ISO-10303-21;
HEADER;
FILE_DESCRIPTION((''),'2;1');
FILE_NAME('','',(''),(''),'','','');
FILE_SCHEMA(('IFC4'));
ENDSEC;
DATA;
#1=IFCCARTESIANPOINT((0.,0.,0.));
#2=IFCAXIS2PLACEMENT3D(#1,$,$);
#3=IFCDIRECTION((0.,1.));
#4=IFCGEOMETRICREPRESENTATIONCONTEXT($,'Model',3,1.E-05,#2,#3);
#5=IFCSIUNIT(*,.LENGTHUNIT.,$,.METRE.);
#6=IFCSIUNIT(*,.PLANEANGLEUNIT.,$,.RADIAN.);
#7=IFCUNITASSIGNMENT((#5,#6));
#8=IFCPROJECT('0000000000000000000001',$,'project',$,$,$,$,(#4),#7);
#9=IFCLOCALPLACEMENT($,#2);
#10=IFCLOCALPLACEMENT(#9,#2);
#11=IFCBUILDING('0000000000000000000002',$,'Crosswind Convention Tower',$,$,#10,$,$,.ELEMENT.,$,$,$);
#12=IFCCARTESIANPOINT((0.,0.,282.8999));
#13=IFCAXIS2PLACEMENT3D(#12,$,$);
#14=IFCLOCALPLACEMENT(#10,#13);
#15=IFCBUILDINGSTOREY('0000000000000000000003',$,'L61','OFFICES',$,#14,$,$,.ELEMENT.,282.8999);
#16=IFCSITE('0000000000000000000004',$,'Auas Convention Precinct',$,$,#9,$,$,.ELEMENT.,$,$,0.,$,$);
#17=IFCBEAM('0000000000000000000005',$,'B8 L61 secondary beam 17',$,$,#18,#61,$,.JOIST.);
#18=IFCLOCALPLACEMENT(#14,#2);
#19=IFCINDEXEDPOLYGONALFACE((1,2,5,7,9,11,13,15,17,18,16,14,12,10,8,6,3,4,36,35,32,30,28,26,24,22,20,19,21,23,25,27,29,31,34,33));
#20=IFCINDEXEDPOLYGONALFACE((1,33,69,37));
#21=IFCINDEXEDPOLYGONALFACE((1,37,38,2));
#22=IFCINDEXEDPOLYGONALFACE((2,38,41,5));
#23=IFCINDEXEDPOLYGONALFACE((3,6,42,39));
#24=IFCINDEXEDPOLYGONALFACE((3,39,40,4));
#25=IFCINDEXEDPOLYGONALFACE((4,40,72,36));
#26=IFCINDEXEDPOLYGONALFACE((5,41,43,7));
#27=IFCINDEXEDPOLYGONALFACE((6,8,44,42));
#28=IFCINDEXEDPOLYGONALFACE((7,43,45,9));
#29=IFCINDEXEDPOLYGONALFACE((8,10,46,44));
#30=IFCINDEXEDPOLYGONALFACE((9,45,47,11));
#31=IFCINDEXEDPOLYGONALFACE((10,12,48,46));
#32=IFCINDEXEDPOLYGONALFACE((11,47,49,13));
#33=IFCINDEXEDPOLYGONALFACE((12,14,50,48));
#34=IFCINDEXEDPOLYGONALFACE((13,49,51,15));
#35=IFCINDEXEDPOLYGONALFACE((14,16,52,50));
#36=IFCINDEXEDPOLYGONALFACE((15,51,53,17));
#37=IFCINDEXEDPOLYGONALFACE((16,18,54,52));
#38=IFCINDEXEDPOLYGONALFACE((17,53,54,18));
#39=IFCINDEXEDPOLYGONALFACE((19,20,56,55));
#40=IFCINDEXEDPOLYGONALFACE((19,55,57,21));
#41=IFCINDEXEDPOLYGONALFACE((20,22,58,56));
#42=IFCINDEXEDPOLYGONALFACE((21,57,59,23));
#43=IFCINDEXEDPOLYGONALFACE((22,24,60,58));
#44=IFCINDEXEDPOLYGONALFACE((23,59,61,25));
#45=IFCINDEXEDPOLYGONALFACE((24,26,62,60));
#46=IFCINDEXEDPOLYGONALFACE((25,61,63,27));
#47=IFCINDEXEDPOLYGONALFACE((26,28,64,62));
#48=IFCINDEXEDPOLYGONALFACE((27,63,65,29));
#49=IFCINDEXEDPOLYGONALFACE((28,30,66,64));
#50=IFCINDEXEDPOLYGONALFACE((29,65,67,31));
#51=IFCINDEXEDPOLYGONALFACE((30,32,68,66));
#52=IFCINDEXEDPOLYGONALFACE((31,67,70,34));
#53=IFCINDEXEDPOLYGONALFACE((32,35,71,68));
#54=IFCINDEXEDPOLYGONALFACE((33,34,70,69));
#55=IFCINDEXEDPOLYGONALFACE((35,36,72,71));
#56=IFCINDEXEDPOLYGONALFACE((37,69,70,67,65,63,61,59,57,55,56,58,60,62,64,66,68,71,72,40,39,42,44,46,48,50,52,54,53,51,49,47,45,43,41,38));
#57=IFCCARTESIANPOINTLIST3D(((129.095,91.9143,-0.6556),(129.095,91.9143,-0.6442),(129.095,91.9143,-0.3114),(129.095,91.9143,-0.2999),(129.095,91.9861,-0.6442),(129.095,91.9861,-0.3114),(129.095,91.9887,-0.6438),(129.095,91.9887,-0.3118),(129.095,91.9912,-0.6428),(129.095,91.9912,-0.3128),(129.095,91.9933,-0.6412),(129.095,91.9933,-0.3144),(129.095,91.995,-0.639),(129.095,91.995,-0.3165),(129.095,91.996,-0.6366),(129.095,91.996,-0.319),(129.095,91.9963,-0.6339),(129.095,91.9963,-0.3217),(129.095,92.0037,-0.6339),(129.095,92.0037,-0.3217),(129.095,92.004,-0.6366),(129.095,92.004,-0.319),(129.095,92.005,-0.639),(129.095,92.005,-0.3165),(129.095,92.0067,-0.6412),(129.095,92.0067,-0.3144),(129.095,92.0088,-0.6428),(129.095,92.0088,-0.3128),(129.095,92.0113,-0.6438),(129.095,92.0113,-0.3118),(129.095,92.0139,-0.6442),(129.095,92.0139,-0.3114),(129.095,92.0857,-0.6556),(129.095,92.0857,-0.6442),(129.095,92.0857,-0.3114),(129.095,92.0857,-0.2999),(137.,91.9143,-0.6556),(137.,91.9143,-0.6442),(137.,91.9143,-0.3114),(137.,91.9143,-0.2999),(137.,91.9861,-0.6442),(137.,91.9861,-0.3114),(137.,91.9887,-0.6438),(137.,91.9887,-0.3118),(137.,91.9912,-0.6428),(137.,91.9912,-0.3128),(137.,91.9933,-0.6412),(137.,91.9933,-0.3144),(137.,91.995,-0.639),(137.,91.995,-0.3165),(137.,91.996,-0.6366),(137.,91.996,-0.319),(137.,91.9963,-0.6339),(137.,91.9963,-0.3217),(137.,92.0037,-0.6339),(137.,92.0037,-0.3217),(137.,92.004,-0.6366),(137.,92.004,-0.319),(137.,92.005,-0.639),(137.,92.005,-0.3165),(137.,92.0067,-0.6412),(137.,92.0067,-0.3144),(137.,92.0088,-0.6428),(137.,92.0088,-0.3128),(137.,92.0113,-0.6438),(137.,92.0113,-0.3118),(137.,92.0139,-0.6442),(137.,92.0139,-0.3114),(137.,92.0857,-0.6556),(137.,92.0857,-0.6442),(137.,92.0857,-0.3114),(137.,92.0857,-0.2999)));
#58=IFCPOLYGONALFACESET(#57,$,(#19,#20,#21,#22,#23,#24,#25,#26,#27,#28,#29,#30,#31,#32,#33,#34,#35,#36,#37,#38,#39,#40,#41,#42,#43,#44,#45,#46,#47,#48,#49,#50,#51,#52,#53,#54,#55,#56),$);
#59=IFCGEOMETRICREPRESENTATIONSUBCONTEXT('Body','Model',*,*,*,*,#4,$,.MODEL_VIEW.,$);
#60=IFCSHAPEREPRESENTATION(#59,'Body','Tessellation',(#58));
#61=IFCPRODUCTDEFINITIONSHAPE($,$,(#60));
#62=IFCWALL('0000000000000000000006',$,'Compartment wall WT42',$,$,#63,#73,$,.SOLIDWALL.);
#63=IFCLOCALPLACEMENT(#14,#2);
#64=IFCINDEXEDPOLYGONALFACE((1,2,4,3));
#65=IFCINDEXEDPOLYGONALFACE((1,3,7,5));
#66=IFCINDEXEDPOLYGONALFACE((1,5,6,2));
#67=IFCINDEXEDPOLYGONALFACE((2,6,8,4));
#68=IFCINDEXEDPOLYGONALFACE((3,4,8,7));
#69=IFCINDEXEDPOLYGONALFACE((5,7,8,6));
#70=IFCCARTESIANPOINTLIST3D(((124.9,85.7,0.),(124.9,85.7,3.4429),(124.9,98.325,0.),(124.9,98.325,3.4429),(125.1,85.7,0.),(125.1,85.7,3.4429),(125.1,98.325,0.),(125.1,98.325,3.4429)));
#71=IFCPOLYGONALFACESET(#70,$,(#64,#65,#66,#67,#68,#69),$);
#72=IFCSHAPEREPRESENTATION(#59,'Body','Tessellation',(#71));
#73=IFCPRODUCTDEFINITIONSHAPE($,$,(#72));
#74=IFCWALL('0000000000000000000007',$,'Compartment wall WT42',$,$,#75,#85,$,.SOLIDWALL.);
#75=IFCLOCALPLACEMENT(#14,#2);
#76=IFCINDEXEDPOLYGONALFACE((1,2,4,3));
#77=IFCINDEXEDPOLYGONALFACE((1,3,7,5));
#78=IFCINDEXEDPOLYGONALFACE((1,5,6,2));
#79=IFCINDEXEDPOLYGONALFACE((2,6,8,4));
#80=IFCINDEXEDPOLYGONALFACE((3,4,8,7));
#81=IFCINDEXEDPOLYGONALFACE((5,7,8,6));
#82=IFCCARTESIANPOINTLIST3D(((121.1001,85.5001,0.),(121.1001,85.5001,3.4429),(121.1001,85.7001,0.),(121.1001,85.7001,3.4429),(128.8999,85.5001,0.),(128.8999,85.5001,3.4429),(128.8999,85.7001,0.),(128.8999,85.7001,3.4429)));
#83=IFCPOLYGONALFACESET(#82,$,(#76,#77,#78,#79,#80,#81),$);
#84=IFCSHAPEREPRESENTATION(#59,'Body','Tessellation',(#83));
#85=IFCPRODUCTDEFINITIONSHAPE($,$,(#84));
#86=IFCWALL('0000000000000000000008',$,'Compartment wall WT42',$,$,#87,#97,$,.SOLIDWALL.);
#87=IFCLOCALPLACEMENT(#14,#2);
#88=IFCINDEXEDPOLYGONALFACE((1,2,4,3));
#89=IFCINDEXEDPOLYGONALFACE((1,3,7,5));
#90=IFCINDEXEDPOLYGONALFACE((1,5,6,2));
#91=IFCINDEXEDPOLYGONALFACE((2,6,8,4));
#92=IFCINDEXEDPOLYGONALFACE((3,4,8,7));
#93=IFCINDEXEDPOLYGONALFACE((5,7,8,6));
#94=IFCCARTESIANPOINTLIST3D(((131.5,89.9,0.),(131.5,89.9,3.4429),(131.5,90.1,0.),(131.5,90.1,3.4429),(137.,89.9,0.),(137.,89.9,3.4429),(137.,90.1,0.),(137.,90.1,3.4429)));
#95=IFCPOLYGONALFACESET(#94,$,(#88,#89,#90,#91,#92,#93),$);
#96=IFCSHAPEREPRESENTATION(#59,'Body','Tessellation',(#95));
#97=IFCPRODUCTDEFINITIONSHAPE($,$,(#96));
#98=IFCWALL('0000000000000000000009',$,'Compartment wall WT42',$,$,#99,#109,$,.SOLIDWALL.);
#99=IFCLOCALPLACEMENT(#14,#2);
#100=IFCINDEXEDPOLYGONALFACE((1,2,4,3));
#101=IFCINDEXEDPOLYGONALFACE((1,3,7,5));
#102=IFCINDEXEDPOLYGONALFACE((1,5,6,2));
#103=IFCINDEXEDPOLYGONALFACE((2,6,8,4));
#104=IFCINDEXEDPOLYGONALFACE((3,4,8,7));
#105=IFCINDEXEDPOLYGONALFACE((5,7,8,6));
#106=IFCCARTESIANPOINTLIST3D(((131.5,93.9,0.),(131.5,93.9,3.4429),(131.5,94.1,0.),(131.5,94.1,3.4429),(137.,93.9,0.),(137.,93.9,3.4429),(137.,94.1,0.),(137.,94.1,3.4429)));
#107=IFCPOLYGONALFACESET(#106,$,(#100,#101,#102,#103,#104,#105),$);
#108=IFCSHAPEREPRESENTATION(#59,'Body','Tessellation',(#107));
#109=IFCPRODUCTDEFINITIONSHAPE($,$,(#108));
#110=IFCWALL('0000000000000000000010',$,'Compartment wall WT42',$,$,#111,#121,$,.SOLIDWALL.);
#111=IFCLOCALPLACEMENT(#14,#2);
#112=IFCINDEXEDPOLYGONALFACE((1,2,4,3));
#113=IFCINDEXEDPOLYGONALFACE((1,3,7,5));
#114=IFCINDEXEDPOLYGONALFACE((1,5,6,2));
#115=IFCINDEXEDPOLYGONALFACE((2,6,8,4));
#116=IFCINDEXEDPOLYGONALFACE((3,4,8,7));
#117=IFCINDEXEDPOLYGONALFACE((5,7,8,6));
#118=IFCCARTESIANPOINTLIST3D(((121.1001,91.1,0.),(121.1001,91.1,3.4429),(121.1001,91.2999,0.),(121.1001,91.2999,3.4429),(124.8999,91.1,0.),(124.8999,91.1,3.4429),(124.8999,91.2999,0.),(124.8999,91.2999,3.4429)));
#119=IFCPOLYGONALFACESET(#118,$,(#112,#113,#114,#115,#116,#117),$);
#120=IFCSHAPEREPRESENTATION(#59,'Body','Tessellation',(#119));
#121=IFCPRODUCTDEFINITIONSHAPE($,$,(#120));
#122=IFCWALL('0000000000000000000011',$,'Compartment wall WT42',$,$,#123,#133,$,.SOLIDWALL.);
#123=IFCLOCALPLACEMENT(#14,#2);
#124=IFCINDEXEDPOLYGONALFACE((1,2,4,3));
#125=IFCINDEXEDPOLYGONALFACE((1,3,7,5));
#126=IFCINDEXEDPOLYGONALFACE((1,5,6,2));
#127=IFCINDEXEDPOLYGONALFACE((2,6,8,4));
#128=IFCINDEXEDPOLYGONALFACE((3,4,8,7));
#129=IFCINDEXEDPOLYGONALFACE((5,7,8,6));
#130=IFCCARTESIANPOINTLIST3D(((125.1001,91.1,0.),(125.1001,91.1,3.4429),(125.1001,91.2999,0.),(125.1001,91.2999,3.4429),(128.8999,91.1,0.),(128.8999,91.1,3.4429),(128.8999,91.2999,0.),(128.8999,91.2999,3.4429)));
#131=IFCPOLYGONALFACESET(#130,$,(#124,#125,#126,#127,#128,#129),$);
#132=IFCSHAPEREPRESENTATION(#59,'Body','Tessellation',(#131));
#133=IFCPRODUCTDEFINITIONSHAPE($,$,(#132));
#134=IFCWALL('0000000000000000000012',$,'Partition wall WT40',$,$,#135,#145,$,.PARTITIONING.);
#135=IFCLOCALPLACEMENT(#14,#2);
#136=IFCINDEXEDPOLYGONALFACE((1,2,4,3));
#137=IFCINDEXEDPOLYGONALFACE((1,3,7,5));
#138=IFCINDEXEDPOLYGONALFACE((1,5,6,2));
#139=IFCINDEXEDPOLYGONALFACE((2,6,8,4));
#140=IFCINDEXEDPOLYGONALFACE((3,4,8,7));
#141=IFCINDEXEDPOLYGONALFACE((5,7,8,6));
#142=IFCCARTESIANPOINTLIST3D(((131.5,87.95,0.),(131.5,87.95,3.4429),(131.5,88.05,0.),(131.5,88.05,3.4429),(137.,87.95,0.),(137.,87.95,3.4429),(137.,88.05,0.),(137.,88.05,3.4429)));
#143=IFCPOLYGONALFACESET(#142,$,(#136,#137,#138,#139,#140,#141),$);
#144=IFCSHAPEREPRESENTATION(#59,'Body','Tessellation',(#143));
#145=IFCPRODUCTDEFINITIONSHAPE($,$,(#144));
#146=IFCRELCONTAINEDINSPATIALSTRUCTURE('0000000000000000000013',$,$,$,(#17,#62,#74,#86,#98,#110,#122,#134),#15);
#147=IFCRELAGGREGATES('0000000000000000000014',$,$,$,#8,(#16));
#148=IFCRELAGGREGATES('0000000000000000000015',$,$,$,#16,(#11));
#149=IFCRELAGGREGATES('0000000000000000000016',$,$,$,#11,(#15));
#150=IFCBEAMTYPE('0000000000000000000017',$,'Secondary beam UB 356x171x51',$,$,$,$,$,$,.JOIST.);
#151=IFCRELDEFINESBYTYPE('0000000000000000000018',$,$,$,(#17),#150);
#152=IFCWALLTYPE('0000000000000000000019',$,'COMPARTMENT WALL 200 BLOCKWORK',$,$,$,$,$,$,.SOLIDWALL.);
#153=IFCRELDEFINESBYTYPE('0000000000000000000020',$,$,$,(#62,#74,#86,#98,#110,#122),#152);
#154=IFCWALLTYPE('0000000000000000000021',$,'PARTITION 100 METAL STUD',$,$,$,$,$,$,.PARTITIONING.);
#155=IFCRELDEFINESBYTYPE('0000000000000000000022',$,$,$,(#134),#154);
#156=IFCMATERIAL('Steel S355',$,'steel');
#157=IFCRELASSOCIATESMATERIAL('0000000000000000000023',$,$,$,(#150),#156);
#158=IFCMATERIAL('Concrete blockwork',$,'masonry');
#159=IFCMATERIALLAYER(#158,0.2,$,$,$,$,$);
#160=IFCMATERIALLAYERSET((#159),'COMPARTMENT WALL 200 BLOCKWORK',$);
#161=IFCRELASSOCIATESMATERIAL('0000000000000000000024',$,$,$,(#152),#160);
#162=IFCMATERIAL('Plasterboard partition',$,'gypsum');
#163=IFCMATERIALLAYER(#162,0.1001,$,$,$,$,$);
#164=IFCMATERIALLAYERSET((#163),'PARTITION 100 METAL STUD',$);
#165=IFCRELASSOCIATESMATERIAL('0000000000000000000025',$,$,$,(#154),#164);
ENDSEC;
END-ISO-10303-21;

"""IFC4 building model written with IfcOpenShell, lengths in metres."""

from ifc_helpers import new_model, si_unit, direction, frame, frame_2d, origin, origin_2d, place, context, subcontext, project, spatial, rectangle, i_section, extrude, material, layer, layer_set, material_profile, profile_set, type_object, element, save


model = new_model("IFC4")

# Units and contexts
model_context = context("Model", 3, precision=1e-05, world=origin(), true_north=direction((0.0, 1.0)))
body_context = subcontext(model_context, "Body", "Model", "MODEL_VIEW")
ifc_project = project(units=[si_unit("LENGTHUNIT", "METRE"), si_unit("PLANEANGLEUNIT", "RADIAN")], contexts=[model_context])

# Site, building, storey
site_placement = place(None, origin())
site = spatial("IfcSite", under=ifc_project, at=site_placement, Name="Auas Convention Precinct", CompositionType="ELEMENT", RefElevation=0.0)
building_placement = place(site_placement, origin())
building = spatial("IfcBuilding", under=site, at=building_placement, Name="Crosswind Convention Tower", CompositionType="ELEMENT")
storey_placement = place(building_placement, frame((0.0, 0.0, 282.8999)))
storey = spatial("IfcBuildingStorey", under=building, at=storey_placement, Name="L61", Description="OFFICES", CompositionType="ELEMENT", Elevation=282.8999)

# Beam
ifc_material_1 = material(Name="Steel S355", Category="steel")
ifc_material_profile_1 = material_profile(ifc_material_1, i_section(OverallWidth=0.1714, OverallDepth=0.3557, WebThickness=0.0073, FlangeThickness=0.0115, FilletRadius=0.0103, at=origin_2d()), Name="UB 356x171x51")
ifc_profile_set_1 = profile_set([ifc_material_profile_1], Name="Steel S355")
beam_type_1 = type_object("IfcBeamType", Name="Secondary beam UB 356x171x51", PredefinedType="JOIST", material=ifc_profile_set_1)
beam_1_placement = place(storey_placement, frame((129.095, 92.0, -0.4778), z_axis=(1.0, 0.0, 0.0), x_axis=(0.0, 1.0, 0.0)))
element("IfcBeam", 1, at=beam_1_placement, inside=storey, type_object=beam_type_1, Name="B8 L61 secondary beam 17", PredefinedType="JOIST", context=body_context, shape_type="SweptSolid", body=[
    extrude(i_section(OverallWidth=0.1714, OverallDepth=0.3557, WebThickness=0.0073, FlangeThickness=0.0115, FilletRadius=0.0103, at=origin_2d()), origin(), (0.0, 0.0, 1.0), 7.905),
])

# Walls
ifc_material_2 = material(Name="Concrete blockwork", Category="masonry")
ifc_layer_1 = layer(ifc_material_2, 0.2)
ifc_layer_set_1 = layer_set([ifc_layer_1], Name="COMPARTMENT WALL 200 BLOCKWORK")
wall_type_1 = type_object("IfcWallType", Name="COMPARTMENT WALL 200 BLOCKWORK", PredefinedType="SOLIDWALL", material=ifc_layer_set_1)
wall_1_placement = place(storey_placement, frame((125.0, 85.7, 0.0), z_axis=(0.0, 0.0, 1.0), x_axis=(0.0, 1.0, 0.0)))
element("IfcWall", 2, at=wall_1_placement, inside=storey, type_object=wall_type_1, Name="Compartment wall WT42", PredefinedType="SOLIDWALL", context=body_context, shape_type="SweptSolid", body=[
    extrude(rectangle(XDim=12.625, YDim=0.2, at=frame_2d((6.3125, 0.0))), origin(), (0.0, 0.0, 1.0), 3.4429),
])
wall_2_placement = place(storey_placement, frame((121.1001, 85.6001, 0.0), z_axis=(0.0, 0.0, 1.0), x_axis=(1.0, 0.0, 0.0)))
element("IfcWall", 3, at=wall_2_placement, inside=storey, type_object=wall_type_1, Name="Compartment wall WT42", PredefinedType="SOLIDWALL", context=body_context, shape_type="SweptSolid", body=[
    extrude(rectangle(XDim=7.7998, YDim=0.2, at=frame_2d((3.8999, 0.0))), origin(), (0.0, 0.0, 1.0), 3.4429),
])
for number, where, z_axis, x_axis, name in (
    (4, (131.5, 90.0, 0.0), (0.0, 0.0, 1.0), (1.0, 0.0, 0.0), "Compartment wall WT42"),
    (5, (131.5, 94.0, 0.0), (0.0, 0.0, 1.0), (1.0, 0.0, 0.0), "Compartment wall WT42"),
):
    element("IfcWall", number, at=place(storey_placement, frame(where, z_axis=z_axis, x_axis=x_axis)), inside=storey, type_object=wall_type_1, Name=name, PredefinedType="SOLIDWALL", context=body_context, shape_type="SweptSolid", body=[
        extrude(rectangle(XDim=5.5, YDim=0.2, at=frame_2d((2.75, 0.0))), origin(), (0.0, 0.0, 1.0), 3.4429),
    ])
for number, where, z_axis, x_axis, name in (
    (6, (121.1001, 91.2, 0.0), (0.0, 0.0, 1.0), (1.0, 0.0, 0.0), "Compartment wall WT42"),
    (7, (125.1001, 91.2, 0.0), (0.0, 0.0, 1.0), (1.0, 0.0, 0.0), "Compartment wall WT42"),
):
    element("IfcWall", number, at=place(storey_placement, frame(where, z_axis=z_axis, x_axis=x_axis)), inside=storey, type_object=wall_type_1, Name=name, PredefinedType="SOLIDWALL", context=body_context, shape_type="SweptSolid", body=[
        extrude(rectangle(XDim=3.7998, YDim=0.2, at=frame_2d((1.8999, 0.0))), origin(), (0.0, 0.0, 1.0), 3.4429),
    ])
ifc_material_3 = material(Name="Plasterboard partition", Category="gypsum")
ifc_layer_2 = layer(ifc_material_3, 0.1001)
ifc_layer_set_2 = layer_set([ifc_layer_2], Name="PARTITION 100 METAL STUD")
wall_type_2 = type_object("IfcWallType", Name="PARTITION 100 METAL STUD", PredefinedType="PARTITIONING", material=ifc_layer_set_2)
wall_3_placement = place(storey_placement, frame((131.5, 88.0, 0.0), z_axis=(0.0, 0.0, 1.0), x_axis=(1.0, 0.0, 0.0)))
element("IfcWall", 8, at=wall_3_placement, inside=storey, type_object=wall_type_2, Name="Partition wall WT40", PredefinedType="PARTITIONING", context=body_context, shape_type="SweptSolid", body=[
    extrude(rectangle(XDim=5.5, YDim=0.1001, at=frame_2d((2.75, 0.0))), origin(), (0.0, 0.0, 1.0), 3.4429),
])

save(model, "model.ifc")
